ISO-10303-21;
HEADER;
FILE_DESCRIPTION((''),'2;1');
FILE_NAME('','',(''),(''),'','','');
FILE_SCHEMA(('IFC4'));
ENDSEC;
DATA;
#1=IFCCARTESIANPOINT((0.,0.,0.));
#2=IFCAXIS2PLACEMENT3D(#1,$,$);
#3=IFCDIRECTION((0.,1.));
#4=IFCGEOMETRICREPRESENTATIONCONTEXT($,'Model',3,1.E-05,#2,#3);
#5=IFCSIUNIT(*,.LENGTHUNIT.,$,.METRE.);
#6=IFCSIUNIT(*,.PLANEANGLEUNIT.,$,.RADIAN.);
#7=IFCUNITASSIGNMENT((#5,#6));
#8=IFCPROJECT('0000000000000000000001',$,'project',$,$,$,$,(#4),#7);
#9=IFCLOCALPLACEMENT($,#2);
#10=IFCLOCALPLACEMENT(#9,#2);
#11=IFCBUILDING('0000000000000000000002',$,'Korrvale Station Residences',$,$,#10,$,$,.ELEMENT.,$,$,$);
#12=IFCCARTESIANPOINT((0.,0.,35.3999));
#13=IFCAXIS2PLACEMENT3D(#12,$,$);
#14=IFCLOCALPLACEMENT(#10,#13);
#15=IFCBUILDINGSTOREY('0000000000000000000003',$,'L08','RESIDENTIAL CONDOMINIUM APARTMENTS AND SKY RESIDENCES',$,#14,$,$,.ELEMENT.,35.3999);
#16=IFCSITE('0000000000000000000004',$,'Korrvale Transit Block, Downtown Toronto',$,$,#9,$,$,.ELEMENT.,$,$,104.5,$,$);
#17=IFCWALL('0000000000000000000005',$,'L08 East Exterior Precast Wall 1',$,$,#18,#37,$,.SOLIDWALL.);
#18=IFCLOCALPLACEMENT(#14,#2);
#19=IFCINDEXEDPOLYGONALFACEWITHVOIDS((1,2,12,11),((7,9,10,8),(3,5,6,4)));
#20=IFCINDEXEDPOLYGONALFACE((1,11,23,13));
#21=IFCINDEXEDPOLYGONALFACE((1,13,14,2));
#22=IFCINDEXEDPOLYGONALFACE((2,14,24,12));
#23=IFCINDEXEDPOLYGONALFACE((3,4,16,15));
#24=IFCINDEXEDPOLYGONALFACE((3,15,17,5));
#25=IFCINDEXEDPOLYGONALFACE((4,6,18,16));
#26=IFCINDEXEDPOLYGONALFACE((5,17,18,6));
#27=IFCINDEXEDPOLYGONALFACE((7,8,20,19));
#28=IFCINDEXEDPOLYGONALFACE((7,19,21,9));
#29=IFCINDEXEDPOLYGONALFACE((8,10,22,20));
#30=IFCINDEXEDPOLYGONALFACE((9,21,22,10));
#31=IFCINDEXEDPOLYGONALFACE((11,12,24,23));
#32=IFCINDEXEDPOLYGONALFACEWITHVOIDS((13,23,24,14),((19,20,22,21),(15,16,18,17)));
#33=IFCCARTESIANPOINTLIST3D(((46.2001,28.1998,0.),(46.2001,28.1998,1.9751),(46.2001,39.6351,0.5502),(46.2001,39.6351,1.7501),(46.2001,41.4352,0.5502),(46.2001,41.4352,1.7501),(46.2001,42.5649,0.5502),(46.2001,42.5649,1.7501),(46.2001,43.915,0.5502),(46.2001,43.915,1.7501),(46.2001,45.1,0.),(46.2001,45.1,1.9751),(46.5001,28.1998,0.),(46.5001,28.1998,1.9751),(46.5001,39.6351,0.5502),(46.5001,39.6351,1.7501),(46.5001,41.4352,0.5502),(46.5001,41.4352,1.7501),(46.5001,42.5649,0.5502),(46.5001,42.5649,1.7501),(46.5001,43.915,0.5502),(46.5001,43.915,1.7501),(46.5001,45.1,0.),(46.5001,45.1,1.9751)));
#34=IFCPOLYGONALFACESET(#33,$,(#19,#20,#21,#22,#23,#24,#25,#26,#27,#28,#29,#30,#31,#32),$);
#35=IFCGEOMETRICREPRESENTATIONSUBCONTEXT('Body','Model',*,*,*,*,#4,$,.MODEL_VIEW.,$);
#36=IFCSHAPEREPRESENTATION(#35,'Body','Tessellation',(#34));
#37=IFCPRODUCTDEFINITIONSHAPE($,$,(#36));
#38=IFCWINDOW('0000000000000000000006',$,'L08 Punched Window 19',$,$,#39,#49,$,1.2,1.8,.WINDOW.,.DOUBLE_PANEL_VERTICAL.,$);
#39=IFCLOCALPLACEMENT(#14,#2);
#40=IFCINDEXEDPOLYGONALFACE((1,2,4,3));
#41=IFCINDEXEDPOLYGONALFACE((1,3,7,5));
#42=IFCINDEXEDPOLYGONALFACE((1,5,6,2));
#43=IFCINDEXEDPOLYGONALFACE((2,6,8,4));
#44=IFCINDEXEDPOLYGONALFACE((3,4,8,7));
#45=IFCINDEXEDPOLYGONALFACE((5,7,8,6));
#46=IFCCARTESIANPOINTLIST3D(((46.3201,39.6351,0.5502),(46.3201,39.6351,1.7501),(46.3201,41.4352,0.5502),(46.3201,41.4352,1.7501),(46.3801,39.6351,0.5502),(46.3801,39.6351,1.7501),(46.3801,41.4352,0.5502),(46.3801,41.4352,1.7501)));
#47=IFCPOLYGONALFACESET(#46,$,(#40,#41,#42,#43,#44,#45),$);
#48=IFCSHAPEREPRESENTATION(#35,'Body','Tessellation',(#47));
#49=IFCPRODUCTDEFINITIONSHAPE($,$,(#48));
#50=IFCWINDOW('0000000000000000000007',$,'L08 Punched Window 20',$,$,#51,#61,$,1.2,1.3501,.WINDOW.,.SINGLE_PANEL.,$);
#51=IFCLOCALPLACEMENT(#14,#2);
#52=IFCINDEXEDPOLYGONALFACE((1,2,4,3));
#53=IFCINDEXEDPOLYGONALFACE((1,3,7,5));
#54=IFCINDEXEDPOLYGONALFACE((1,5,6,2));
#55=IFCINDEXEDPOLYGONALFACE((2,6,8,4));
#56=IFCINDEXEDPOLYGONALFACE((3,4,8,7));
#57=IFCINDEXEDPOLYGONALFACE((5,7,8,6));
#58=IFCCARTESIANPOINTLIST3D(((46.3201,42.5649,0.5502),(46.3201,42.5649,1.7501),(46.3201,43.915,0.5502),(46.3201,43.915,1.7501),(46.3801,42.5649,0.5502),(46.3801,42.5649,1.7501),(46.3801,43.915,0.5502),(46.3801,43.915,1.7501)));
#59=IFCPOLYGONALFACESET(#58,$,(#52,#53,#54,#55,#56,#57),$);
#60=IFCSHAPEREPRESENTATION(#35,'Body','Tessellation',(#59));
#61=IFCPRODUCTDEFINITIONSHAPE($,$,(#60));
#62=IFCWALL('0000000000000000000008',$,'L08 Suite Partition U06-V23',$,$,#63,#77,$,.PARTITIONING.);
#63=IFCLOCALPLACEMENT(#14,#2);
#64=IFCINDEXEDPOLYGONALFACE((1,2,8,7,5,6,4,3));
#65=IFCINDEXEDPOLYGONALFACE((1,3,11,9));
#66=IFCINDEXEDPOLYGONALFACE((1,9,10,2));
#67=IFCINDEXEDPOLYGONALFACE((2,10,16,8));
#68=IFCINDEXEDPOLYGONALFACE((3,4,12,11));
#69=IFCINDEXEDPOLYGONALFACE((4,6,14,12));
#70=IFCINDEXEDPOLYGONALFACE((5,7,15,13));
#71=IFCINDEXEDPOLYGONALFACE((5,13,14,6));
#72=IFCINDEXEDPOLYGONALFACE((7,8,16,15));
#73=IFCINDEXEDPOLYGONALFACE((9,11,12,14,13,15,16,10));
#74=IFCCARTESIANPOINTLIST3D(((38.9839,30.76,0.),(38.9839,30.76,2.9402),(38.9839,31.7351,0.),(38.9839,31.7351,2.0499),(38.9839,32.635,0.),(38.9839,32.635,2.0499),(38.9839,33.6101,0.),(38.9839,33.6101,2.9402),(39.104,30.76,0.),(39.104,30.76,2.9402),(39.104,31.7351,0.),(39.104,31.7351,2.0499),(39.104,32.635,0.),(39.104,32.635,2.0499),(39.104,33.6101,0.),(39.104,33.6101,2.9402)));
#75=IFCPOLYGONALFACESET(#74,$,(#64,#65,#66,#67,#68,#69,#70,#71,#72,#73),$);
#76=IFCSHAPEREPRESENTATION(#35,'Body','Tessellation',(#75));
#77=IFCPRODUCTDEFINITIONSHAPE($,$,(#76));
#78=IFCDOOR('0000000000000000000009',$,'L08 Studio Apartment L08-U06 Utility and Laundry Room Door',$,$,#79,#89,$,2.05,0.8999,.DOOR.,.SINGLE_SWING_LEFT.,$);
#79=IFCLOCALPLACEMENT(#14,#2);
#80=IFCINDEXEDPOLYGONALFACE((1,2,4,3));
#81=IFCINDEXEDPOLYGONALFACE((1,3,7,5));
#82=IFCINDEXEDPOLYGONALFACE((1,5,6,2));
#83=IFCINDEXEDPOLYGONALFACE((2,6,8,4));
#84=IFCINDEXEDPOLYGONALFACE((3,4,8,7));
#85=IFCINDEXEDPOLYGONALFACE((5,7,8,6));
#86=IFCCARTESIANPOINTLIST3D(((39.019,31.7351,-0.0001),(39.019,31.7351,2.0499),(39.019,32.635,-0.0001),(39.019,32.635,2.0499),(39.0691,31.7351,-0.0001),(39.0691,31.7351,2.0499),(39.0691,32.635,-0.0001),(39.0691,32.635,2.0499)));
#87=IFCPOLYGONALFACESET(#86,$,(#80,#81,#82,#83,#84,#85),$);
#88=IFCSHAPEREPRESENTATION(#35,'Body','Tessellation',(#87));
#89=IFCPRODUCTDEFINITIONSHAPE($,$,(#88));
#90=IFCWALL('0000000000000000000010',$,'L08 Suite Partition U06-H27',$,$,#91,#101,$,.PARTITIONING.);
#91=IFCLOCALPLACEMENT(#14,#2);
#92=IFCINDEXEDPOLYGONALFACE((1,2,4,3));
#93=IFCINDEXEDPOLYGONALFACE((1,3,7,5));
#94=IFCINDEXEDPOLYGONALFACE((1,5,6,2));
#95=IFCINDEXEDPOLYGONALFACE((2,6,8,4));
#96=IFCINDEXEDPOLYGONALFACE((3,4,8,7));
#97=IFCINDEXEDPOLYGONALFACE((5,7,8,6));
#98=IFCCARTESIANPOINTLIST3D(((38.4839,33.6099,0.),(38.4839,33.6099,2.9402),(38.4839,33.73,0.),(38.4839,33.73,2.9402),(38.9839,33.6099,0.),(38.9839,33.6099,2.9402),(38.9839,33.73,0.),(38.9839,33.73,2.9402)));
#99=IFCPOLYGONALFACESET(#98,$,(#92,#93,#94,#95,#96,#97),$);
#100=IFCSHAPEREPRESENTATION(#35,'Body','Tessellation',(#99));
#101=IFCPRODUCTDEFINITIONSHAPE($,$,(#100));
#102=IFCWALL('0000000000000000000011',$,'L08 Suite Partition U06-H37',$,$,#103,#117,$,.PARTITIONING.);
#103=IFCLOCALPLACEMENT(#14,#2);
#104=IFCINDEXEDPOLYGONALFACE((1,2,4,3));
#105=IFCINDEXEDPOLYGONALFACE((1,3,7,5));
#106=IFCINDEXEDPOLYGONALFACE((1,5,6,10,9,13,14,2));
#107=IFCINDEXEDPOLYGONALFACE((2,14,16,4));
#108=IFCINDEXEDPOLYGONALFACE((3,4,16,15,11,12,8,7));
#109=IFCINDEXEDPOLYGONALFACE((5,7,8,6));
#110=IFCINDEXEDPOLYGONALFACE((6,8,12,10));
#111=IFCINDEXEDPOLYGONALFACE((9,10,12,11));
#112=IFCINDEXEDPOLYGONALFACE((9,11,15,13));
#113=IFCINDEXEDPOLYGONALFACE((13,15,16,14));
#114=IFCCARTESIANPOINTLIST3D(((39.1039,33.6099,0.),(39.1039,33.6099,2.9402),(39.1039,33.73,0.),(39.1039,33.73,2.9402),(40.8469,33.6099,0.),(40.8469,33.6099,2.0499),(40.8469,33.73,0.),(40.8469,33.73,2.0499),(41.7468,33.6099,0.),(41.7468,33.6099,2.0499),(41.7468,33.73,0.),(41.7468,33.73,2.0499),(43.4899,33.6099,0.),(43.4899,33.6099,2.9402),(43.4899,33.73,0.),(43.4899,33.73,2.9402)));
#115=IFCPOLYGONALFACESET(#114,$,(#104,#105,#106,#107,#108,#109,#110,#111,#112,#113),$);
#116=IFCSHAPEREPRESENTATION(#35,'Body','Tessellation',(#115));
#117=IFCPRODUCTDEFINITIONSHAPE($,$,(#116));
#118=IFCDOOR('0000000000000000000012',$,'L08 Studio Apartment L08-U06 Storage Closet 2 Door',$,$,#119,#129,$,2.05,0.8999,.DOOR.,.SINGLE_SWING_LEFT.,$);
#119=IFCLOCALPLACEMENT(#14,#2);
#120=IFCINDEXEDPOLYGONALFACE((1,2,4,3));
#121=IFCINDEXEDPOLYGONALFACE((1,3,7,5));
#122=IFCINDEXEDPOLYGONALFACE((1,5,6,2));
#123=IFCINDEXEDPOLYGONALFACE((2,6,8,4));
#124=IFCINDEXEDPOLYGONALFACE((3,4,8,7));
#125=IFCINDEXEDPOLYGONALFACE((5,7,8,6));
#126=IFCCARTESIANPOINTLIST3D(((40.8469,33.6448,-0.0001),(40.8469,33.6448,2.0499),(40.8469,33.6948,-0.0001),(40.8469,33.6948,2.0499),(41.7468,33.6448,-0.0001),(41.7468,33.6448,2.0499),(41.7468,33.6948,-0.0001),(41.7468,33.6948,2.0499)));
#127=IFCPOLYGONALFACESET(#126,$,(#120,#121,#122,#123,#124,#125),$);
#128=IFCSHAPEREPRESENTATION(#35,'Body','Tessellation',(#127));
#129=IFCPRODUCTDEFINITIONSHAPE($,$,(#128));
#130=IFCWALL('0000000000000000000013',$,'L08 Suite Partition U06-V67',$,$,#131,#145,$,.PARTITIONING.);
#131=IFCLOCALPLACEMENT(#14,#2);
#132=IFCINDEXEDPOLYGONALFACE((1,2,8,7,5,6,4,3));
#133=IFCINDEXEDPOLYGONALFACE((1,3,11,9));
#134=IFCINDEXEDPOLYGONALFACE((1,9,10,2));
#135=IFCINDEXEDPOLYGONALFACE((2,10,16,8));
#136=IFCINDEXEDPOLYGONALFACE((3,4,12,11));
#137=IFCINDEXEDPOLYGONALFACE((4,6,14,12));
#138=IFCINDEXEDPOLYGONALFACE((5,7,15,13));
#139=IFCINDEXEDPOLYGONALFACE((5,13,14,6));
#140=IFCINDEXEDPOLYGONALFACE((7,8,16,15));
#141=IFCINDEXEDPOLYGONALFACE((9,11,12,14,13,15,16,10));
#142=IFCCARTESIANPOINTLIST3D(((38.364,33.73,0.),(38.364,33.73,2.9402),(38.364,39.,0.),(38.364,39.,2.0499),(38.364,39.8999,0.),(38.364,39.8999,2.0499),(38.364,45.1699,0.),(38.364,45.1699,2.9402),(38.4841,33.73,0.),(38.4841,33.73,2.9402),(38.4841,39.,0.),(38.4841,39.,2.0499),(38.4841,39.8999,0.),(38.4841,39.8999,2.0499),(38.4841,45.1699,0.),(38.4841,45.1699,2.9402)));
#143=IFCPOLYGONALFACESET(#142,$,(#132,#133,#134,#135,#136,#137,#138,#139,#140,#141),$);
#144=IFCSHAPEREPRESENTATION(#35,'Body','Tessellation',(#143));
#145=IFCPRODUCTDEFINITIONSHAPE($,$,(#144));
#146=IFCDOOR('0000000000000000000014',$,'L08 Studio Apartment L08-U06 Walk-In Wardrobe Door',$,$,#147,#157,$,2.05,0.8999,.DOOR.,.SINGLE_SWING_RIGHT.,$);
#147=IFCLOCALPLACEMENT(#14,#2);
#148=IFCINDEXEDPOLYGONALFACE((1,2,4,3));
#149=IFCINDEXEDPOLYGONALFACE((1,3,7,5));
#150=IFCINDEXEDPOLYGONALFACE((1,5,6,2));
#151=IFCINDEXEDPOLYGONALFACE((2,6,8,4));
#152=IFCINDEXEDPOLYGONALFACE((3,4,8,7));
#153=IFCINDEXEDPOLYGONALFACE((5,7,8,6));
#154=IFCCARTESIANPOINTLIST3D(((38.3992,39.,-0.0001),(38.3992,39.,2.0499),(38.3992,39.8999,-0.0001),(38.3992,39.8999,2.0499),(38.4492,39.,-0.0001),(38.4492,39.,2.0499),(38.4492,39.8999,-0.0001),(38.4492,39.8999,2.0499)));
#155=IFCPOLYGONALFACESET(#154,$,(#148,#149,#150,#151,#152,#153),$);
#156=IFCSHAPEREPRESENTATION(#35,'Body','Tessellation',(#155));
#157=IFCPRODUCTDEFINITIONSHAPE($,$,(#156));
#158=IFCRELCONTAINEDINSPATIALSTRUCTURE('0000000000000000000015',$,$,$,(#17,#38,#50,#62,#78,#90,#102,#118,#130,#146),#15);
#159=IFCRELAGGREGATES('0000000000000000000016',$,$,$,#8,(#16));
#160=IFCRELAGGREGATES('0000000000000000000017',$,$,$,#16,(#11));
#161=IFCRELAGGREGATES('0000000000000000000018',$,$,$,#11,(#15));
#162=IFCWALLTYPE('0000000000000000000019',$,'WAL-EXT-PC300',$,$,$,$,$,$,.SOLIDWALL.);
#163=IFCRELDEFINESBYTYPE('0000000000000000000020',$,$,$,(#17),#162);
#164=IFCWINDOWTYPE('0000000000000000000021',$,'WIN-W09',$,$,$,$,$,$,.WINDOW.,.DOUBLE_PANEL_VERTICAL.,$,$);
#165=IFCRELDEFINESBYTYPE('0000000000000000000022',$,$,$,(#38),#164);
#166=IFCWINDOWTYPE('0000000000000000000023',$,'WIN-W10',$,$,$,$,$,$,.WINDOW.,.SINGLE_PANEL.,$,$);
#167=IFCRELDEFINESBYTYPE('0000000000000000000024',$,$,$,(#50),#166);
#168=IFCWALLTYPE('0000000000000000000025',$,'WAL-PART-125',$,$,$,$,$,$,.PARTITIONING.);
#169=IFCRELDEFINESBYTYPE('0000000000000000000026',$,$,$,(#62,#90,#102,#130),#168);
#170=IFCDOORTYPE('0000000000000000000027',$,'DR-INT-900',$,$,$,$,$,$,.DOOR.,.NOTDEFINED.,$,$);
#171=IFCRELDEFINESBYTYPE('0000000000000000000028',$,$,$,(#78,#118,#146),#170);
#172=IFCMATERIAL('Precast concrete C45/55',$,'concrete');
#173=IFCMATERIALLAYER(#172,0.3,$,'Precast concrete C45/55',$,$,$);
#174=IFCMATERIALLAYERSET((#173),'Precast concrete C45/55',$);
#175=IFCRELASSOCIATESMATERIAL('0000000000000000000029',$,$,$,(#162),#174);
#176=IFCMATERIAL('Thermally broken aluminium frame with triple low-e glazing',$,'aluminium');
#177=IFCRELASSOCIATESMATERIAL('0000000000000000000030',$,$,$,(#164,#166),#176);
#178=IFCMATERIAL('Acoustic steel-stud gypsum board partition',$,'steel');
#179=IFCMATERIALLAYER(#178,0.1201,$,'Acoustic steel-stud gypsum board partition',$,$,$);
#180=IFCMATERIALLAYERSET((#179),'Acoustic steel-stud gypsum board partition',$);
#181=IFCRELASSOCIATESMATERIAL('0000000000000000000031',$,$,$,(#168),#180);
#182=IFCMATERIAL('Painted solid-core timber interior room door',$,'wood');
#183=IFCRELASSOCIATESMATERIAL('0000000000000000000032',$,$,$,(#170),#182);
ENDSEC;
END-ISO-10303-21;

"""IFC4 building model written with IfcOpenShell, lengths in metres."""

from ifc_helpers import new_model, si_unit, direction, frame, frame_2d, origin, place, context, subcontext, project, spatial, rectangle, extrude, material, layer, layer_set, type_object, element, fill, save


model = new_model("IFC4")

# Units and contexts
model_context = context("Model", 3, precision=1e-05, world=origin(), true_north=direction((0.0, 1.0)))
body_context = subcontext(model_context, "Body", "Model", "MODEL_VIEW")
ifc_project = project(units=[si_unit("LENGTHUNIT", "METRE"), si_unit("PLANEANGLEUNIT", "RADIAN")], contexts=[model_context])

# Site, building, storey
site_placement = place(None, origin())
site = spatial("IfcSite", under=ifc_project, at=site_placement, Name="Korrvale Transit Block, Downtown Toronto", CompositionType="ELEMENT", RefElevation=104.5)
building_placement = place(site_placement, origin())
building = spatial("IfcBuilding", under=site, at=building_placement, Name="Korrvale Station Residences", CompositionType="ELEMENT")
storey_placement = place(building_placement, frame((0.0, 0.0, 35.3999)))
storey = spatial("IfcBuildingStorey", under=building, at=storey_placement, Name="L08", Description="RESIDENTIAL CONDOMINIUM APARTMENTS AND SKY RESIDENCES", CompositionType="ELEMENT", Elevation=35.3999)

# Shared definitions
ifc_material_1 = material(Name="Precast concrete C45/55", Category="concrete")
ifc_layer_1 = layer(ifc_material_1, 0.3, Name="Precast concrete C45/55")
ifc_layer_set_1 = layer_set([ifc_layer_1], Name="Precast concrete C45/55")
wall_type_1 = type_object("IfcWallType", Name="WAL-EXT-PC300", PredefinedType="SOLIDWALL", material=ifc_layer_set_1)

# Wall, openings, windows
wall_1_placement = place(storey_placement, frame((46.3501, 45.1001, 0.0), z_axis=(0.0, 0.0, 1.0), x_axis=(0.0, -1.0, 0.0)))
wall_1 = element("IfcWall", 1, at=wall_1_placement, inside=storey, type_object=wall_type_1, Name="L08 East Exterior Precast Wall 1", PredefinedType="SOLIDWALL", context=body_context, shape_type="SweptSolid", body=[
    extrude(rectangle(XDim=16.9001, YDim=0.3, at=frame_2d((8.4502, 0.0))), origin(), (0.0, 0.0, 1.0), 1.9751),
])
opening_1_placement = place(wall_1_placement, frame((3.665, 0.0, 0.55)))
opening_1 = element("IfcOpeningElement", 2, at=opening_1_placement, cuts=wall_1, PredefinedType="OPENING", context=body_context, shape_type="SweptSolid", body=[
    extrude(rectangle(XDim=1.8, YDim=1.2, at=frame_2d((0.8999, 0.6001))), frame((0.0, 0.1602, 0.0), z_axis=(0.0, -1.0, 0.0), x_axis=(1.0, 0.0, 0.0)), (0.0, 0.0, 1.0), 0.3201),
])
opening_2_placement = place(wall_1_placement, frame((1.1851, 0.0, 0.55)))
opening_2 = element("IfcOpeningElement", 3, at=opening_2_placement, cuts=wall_1, PredefinedType="OPENING", context=body_context, shape_type="SweptSolid", body=[
    extrude(rectangle(XDim=1.3501, YDim=1.2, at=frame_2d((0.675, 0.6001))), frame((0.0, 0.1602, 0.0), z_axis=(0.0, -1.0, 0.0), x_axis=(1.0, 0.0, 0.0)), (0.0, 0.0, 1.0), 0.3201),
])
ifc_material_2 = material(Name="Thermally broken aluminium frame with triple low-e glazing", Category="aluminium")
window_type_1 = type_object("IfcWindowType", Name="WIN-W09", PartitioningType="DOUBLE_PANEL_VERTICAL", PredefinedType="WINDOW", material=ifc_material_2)
window_1_placement = place(opening_1_placement, origin())
window_1 = element("IfcWindow", 4, at=window_1_placement, inside=storey, type_object=window_type_1, Name="L08 Punched Window 19", OverallHeight=1.2, OverallWidth=1.8, PartitioningType="DOUBLE_PANEL_VERTICAL", PredefinedType="WINDOW", context=body_context, shape_type="SweptSolid", body=[
    extrude(rectangle(XDim=1.8, YDim=1.2, at=frame_2d((0.8999, 0.6001))), frame((0.0, 0.03, 0.0), z_axis=(0.0, -1.0, 0.0), x_axis=(1.0, 0.0, 0.0)), (0.0, 0.0, 1.0), 0.0601),
])
fill(opening_1, window_1)
window_type_2 = type_object("IfcWindowType", Name="WIN-W10", PartitioningType="SINGLE_PANEL", PredefinedType="WINDOW", material=ifc_material_2)
window_2_placement = place(opening_2_placement, origin())
window_2 = element("IfcWindow", 5, at=window_2_placement, inside=storey, type_object=window_type_2, Name="L08 Punched Window 20", OverallHeight=1.2, OverallWidth=1.3501, PartitioningType="SINGLE_PANEL", PredefinedType="WINDOW", context=body_context, shape_type="SweptSolid", body=[
    extrude(rectangle(XDim=1.3501, YDim=1.2, at=frame_2d((0.675, 0.6001))), frame((0.0, 0.03, 0.0), z_axis=(0.0, -1.0, 0.0), x_axis=(1.0, 0.0, 0.0)), (0.0, 0.0, 1.0), 0.0601),
])
fill(opening_2, window_2)

# Wall, opening, door
ifc_material_3 = material(Name="Acoustic steel-stud gypsum board partition", Category="steel")
ifc_layer_2 = layer(ifc_material_3, 0.1201, Name="Acoustic steel-stud gypsum board partition")
ifc_layer_set_2 = layer_set([ifc_layer_2], Name="Acoustic steel-stud gypsum board partition")
wall_type_2 = type_object("IfcWallType", Name="WAL-PART-125", PredefinedType="PARTITIONING", material=ifc_layer_set_2)
wall_2_placement = place(storey_placement, frame((39.0439, 30.76, 0.0), z_axis=(0.0, 0.0, 1.0), x_axis=(0.0, 1.0, 0.0)))
wall_2 = element("IfcWall", 6, at=wall_2_placement, inside=storey, type_object=wall_type_2, Name="L08 Suite Partition U06-V23", PredefinedType="PARTITIONING", context=body_context, shape_type="SweptSolid", body=[
    extrude(rectangle(XDim=2.8501, YDim=0.1201, at=frame_2d((1.425, 0.0))), origin(), (0.0, 0.0, 1.0), 2.9402),
])
opening_3_placement = place(wall_2_placement, frame((0.9751, 0.0, 0.0)))
opening_3 = element("IfcOpeningElement", 7, at=opening_3_placement, cuts=wall_2, PredefinedType="OPENING", context=body_context, shape_type="SweptSolid", body=[
    extrude(rectangle(XDim=0.8999, YDim=2.05, at=frame_2d((0.45, 1.0249))), frame((0.0, 0.0701, 0.0), z_axis=(0.0, -1.0, 0.0), x_axis=(1.0, 0.0, 0.0)), (0.0, 0.0, 1.0), 0.1401),
])
ifc_material_4 = material(Name="Painted solid-core timber interior room door", Category="wood")
door_type = type_object("IfcDoorType", Name="DR-INT-900", OperationType="NOTDEFINED", PredefinedType="DOOR", material=ifc_material_4)
door_1_placement = place(opening_3_placement, origin())
door_1 = element("IfcDoor", 8, at=door_1_placement, inside=storey, type_object=door_type, Name="L08 Studio Apartment L08-U06 Utility and Laundry Room Door", OperationType="SINGLE_SWING_LEFT", OverallHeight=2.05, OverallWidth=0.8999, PredefinedType="DOOR", context=body_context, shape_type="SweptSolid", body=[
    extrude(rectangle(XDim=0.8999, YDim=2.05, at=frame_2d((0.45, 1.0249))), frame((0.0, 0.0249, 0.0), z_axis=(0.0, -1.0, 0.0), x_axis=(1.0, 0.0, 0.0)), (0.0, 0.0, 1.0), 0.05),
])
fill(opening_3, door_1)

# Wall
wall_3_placement = place(storey_placement, frame((38.4839, 33.6699, 0.0), z_axis=(0.0, 0.0, 1.0), x_axis=(1.0, 0.0, 0.0)))
element("IfcWall", 9, at=wall_3_placement, inside=storey, type_object=wall_type_2, Name="L08 Suite Partition U06-H27", PredefinedType="PARTITIONING", context=body_context, shape_type="SweptSolid", body=[
    extrude(rectangle(XDim=0.5, YDim=0.1201, at=frame_2d((0.25, 0.0))), origin(), (0.0, 0.0, 1.0), 2.9402),
])

# Walls, openings, doors
wall_4_placement = place(storey_placement, frame((39.104, 33.6699, 0.0), z_axis=(0.0, 0.0, 1.0), x_axis=(1.0, 0.0, 0.0)))
wall_4 = element("IfcWall", 10, at=wall_4_placement, inside=storey, type_object=wall_type_2, Name="L08 Suite Partition U06-H37", PredefinedType="PARTITIONING", context=body_context, shape_type="SweptSolid", body=[
    extrude(rectangle(XDim=4.386, YDim=0.1201, at=frame_2d((2.1929, 0.0))), origin(), (0.0, 0.0, 1.0), 2.9402),
])
opening_4_placement = place(wall_4_placement, frame((1.7429, 0.0, 0.0)))
opening_4 = element("IfcOpeningElement", 11, at=opening_4_placement, cuts=wall_4, PredefinedType="OPENING", context=body_context, shape_type="SweptSolid", body=[
    extrude(rectangle(XDim=0.8999, YDim=2.05, at=frame_2d((0.45, 1.0249))), frame((0.0, 0.0701, 0.0), z_axis=(0.0, -1.0, 0.0), x_axis=(1.0, 0.0, 0.0)), (0.0, 0.0, 1.0), 0.1401),
])
door_2_placement = place(opening_4_placement, origin())
door_2 = element("IfcDoor", 12, at=door_2_placement, inside=storey, type_object=door_type, Name="L08 Studio Apartment L08-U06 Storage Closet 2 Door", OperationType="SINGLE_SWING_LEFT", OverallHeight=2.05, OverallWidth=0.8999, PredefinedType="DOOR", context=body_context, shape_type="SweptSolid", body=[
    extrude(rectangle(XDim=0.8999, YDim=2.05, at=frame_2d((0.45, 1.0249))), frame((0.0, 0.0249, 0.0), z_axis=(0.0, -1.0, 0.0), x_axis=(1.0, 0.0, 0.0)), (0.0, 0.0, 1.0), 0.05),
])
fill(opening_4, door_2)
wall_5_placement = place(storey_placement, frame((38.4241, 33.73, 0.0), z_axis=(0.0, 0.0, 1.0), x_axis=(0.0, 1.0, 0.0)))
wall_5 = element("IfcWall", 13, at=wall_5_placement, inside=storey, type_object=wall_type_2, Name="L08 Suite Partition U06-V67", PredefinedType="PARTITIONING", context=body_context, shape_type="SweptSolid", body=[
    extrude(rectangle(XDim=11.4399, YDim=0.1201, at=frame_2d((5.72, 0.0))), origin(), (0.0, 0.0, 1.0), 2.9402),
])
opening_5_placement = place(wall_5_placement, frame((5.27, 0.0, 0.0)))
opening_5 = element("IfcOpeningElement", 14, at=opening_5_placement, cuts=wall_5, PredefinedType="OPENING", context=body_context, shape_type="SweptSolid", body=[
    extrude(rectangle(XDim=0.8999, YDim=2.05, at=frame_2d((0.45, 1.0249))), frame((0.0, 0.0701, 0.0), z_axis=(0.0, -1.0, 0.0), x_axis=(1.0, 0.0, 0.0)), (0.0, 0.0, 1.0), 0.1401),
])
door_3_placement = place(opening_5_placement, origin())
door_3 = element("IfcDoor", 15, at=door_3_placement, inside=storey, type_object=door_type, Name="L08 Studio Apartment L08-U06 Walk-In Wardrobe Door", OperationType="SINGLE_SWING_RIGHT", OverallHeight=2.05, OverallWidth=0.8999, PredefinedType="DOOR", context=body_context, shape_type="SweptSolid", body=[
    extrude(rectangle(XDim=0.8999, YDim=2.05, at=frame_2d((0.45, 1.0249))), frame((0.0, 0.0249, 0.0), z_axis=(0.0, -1.0, 0.0), x_axis=(1.0, 0.0, 0.0)), (0.0, 0.0, 1.0), 0.05),
])
fill(opening_5, door_3)

save(model, "model.ifc")
